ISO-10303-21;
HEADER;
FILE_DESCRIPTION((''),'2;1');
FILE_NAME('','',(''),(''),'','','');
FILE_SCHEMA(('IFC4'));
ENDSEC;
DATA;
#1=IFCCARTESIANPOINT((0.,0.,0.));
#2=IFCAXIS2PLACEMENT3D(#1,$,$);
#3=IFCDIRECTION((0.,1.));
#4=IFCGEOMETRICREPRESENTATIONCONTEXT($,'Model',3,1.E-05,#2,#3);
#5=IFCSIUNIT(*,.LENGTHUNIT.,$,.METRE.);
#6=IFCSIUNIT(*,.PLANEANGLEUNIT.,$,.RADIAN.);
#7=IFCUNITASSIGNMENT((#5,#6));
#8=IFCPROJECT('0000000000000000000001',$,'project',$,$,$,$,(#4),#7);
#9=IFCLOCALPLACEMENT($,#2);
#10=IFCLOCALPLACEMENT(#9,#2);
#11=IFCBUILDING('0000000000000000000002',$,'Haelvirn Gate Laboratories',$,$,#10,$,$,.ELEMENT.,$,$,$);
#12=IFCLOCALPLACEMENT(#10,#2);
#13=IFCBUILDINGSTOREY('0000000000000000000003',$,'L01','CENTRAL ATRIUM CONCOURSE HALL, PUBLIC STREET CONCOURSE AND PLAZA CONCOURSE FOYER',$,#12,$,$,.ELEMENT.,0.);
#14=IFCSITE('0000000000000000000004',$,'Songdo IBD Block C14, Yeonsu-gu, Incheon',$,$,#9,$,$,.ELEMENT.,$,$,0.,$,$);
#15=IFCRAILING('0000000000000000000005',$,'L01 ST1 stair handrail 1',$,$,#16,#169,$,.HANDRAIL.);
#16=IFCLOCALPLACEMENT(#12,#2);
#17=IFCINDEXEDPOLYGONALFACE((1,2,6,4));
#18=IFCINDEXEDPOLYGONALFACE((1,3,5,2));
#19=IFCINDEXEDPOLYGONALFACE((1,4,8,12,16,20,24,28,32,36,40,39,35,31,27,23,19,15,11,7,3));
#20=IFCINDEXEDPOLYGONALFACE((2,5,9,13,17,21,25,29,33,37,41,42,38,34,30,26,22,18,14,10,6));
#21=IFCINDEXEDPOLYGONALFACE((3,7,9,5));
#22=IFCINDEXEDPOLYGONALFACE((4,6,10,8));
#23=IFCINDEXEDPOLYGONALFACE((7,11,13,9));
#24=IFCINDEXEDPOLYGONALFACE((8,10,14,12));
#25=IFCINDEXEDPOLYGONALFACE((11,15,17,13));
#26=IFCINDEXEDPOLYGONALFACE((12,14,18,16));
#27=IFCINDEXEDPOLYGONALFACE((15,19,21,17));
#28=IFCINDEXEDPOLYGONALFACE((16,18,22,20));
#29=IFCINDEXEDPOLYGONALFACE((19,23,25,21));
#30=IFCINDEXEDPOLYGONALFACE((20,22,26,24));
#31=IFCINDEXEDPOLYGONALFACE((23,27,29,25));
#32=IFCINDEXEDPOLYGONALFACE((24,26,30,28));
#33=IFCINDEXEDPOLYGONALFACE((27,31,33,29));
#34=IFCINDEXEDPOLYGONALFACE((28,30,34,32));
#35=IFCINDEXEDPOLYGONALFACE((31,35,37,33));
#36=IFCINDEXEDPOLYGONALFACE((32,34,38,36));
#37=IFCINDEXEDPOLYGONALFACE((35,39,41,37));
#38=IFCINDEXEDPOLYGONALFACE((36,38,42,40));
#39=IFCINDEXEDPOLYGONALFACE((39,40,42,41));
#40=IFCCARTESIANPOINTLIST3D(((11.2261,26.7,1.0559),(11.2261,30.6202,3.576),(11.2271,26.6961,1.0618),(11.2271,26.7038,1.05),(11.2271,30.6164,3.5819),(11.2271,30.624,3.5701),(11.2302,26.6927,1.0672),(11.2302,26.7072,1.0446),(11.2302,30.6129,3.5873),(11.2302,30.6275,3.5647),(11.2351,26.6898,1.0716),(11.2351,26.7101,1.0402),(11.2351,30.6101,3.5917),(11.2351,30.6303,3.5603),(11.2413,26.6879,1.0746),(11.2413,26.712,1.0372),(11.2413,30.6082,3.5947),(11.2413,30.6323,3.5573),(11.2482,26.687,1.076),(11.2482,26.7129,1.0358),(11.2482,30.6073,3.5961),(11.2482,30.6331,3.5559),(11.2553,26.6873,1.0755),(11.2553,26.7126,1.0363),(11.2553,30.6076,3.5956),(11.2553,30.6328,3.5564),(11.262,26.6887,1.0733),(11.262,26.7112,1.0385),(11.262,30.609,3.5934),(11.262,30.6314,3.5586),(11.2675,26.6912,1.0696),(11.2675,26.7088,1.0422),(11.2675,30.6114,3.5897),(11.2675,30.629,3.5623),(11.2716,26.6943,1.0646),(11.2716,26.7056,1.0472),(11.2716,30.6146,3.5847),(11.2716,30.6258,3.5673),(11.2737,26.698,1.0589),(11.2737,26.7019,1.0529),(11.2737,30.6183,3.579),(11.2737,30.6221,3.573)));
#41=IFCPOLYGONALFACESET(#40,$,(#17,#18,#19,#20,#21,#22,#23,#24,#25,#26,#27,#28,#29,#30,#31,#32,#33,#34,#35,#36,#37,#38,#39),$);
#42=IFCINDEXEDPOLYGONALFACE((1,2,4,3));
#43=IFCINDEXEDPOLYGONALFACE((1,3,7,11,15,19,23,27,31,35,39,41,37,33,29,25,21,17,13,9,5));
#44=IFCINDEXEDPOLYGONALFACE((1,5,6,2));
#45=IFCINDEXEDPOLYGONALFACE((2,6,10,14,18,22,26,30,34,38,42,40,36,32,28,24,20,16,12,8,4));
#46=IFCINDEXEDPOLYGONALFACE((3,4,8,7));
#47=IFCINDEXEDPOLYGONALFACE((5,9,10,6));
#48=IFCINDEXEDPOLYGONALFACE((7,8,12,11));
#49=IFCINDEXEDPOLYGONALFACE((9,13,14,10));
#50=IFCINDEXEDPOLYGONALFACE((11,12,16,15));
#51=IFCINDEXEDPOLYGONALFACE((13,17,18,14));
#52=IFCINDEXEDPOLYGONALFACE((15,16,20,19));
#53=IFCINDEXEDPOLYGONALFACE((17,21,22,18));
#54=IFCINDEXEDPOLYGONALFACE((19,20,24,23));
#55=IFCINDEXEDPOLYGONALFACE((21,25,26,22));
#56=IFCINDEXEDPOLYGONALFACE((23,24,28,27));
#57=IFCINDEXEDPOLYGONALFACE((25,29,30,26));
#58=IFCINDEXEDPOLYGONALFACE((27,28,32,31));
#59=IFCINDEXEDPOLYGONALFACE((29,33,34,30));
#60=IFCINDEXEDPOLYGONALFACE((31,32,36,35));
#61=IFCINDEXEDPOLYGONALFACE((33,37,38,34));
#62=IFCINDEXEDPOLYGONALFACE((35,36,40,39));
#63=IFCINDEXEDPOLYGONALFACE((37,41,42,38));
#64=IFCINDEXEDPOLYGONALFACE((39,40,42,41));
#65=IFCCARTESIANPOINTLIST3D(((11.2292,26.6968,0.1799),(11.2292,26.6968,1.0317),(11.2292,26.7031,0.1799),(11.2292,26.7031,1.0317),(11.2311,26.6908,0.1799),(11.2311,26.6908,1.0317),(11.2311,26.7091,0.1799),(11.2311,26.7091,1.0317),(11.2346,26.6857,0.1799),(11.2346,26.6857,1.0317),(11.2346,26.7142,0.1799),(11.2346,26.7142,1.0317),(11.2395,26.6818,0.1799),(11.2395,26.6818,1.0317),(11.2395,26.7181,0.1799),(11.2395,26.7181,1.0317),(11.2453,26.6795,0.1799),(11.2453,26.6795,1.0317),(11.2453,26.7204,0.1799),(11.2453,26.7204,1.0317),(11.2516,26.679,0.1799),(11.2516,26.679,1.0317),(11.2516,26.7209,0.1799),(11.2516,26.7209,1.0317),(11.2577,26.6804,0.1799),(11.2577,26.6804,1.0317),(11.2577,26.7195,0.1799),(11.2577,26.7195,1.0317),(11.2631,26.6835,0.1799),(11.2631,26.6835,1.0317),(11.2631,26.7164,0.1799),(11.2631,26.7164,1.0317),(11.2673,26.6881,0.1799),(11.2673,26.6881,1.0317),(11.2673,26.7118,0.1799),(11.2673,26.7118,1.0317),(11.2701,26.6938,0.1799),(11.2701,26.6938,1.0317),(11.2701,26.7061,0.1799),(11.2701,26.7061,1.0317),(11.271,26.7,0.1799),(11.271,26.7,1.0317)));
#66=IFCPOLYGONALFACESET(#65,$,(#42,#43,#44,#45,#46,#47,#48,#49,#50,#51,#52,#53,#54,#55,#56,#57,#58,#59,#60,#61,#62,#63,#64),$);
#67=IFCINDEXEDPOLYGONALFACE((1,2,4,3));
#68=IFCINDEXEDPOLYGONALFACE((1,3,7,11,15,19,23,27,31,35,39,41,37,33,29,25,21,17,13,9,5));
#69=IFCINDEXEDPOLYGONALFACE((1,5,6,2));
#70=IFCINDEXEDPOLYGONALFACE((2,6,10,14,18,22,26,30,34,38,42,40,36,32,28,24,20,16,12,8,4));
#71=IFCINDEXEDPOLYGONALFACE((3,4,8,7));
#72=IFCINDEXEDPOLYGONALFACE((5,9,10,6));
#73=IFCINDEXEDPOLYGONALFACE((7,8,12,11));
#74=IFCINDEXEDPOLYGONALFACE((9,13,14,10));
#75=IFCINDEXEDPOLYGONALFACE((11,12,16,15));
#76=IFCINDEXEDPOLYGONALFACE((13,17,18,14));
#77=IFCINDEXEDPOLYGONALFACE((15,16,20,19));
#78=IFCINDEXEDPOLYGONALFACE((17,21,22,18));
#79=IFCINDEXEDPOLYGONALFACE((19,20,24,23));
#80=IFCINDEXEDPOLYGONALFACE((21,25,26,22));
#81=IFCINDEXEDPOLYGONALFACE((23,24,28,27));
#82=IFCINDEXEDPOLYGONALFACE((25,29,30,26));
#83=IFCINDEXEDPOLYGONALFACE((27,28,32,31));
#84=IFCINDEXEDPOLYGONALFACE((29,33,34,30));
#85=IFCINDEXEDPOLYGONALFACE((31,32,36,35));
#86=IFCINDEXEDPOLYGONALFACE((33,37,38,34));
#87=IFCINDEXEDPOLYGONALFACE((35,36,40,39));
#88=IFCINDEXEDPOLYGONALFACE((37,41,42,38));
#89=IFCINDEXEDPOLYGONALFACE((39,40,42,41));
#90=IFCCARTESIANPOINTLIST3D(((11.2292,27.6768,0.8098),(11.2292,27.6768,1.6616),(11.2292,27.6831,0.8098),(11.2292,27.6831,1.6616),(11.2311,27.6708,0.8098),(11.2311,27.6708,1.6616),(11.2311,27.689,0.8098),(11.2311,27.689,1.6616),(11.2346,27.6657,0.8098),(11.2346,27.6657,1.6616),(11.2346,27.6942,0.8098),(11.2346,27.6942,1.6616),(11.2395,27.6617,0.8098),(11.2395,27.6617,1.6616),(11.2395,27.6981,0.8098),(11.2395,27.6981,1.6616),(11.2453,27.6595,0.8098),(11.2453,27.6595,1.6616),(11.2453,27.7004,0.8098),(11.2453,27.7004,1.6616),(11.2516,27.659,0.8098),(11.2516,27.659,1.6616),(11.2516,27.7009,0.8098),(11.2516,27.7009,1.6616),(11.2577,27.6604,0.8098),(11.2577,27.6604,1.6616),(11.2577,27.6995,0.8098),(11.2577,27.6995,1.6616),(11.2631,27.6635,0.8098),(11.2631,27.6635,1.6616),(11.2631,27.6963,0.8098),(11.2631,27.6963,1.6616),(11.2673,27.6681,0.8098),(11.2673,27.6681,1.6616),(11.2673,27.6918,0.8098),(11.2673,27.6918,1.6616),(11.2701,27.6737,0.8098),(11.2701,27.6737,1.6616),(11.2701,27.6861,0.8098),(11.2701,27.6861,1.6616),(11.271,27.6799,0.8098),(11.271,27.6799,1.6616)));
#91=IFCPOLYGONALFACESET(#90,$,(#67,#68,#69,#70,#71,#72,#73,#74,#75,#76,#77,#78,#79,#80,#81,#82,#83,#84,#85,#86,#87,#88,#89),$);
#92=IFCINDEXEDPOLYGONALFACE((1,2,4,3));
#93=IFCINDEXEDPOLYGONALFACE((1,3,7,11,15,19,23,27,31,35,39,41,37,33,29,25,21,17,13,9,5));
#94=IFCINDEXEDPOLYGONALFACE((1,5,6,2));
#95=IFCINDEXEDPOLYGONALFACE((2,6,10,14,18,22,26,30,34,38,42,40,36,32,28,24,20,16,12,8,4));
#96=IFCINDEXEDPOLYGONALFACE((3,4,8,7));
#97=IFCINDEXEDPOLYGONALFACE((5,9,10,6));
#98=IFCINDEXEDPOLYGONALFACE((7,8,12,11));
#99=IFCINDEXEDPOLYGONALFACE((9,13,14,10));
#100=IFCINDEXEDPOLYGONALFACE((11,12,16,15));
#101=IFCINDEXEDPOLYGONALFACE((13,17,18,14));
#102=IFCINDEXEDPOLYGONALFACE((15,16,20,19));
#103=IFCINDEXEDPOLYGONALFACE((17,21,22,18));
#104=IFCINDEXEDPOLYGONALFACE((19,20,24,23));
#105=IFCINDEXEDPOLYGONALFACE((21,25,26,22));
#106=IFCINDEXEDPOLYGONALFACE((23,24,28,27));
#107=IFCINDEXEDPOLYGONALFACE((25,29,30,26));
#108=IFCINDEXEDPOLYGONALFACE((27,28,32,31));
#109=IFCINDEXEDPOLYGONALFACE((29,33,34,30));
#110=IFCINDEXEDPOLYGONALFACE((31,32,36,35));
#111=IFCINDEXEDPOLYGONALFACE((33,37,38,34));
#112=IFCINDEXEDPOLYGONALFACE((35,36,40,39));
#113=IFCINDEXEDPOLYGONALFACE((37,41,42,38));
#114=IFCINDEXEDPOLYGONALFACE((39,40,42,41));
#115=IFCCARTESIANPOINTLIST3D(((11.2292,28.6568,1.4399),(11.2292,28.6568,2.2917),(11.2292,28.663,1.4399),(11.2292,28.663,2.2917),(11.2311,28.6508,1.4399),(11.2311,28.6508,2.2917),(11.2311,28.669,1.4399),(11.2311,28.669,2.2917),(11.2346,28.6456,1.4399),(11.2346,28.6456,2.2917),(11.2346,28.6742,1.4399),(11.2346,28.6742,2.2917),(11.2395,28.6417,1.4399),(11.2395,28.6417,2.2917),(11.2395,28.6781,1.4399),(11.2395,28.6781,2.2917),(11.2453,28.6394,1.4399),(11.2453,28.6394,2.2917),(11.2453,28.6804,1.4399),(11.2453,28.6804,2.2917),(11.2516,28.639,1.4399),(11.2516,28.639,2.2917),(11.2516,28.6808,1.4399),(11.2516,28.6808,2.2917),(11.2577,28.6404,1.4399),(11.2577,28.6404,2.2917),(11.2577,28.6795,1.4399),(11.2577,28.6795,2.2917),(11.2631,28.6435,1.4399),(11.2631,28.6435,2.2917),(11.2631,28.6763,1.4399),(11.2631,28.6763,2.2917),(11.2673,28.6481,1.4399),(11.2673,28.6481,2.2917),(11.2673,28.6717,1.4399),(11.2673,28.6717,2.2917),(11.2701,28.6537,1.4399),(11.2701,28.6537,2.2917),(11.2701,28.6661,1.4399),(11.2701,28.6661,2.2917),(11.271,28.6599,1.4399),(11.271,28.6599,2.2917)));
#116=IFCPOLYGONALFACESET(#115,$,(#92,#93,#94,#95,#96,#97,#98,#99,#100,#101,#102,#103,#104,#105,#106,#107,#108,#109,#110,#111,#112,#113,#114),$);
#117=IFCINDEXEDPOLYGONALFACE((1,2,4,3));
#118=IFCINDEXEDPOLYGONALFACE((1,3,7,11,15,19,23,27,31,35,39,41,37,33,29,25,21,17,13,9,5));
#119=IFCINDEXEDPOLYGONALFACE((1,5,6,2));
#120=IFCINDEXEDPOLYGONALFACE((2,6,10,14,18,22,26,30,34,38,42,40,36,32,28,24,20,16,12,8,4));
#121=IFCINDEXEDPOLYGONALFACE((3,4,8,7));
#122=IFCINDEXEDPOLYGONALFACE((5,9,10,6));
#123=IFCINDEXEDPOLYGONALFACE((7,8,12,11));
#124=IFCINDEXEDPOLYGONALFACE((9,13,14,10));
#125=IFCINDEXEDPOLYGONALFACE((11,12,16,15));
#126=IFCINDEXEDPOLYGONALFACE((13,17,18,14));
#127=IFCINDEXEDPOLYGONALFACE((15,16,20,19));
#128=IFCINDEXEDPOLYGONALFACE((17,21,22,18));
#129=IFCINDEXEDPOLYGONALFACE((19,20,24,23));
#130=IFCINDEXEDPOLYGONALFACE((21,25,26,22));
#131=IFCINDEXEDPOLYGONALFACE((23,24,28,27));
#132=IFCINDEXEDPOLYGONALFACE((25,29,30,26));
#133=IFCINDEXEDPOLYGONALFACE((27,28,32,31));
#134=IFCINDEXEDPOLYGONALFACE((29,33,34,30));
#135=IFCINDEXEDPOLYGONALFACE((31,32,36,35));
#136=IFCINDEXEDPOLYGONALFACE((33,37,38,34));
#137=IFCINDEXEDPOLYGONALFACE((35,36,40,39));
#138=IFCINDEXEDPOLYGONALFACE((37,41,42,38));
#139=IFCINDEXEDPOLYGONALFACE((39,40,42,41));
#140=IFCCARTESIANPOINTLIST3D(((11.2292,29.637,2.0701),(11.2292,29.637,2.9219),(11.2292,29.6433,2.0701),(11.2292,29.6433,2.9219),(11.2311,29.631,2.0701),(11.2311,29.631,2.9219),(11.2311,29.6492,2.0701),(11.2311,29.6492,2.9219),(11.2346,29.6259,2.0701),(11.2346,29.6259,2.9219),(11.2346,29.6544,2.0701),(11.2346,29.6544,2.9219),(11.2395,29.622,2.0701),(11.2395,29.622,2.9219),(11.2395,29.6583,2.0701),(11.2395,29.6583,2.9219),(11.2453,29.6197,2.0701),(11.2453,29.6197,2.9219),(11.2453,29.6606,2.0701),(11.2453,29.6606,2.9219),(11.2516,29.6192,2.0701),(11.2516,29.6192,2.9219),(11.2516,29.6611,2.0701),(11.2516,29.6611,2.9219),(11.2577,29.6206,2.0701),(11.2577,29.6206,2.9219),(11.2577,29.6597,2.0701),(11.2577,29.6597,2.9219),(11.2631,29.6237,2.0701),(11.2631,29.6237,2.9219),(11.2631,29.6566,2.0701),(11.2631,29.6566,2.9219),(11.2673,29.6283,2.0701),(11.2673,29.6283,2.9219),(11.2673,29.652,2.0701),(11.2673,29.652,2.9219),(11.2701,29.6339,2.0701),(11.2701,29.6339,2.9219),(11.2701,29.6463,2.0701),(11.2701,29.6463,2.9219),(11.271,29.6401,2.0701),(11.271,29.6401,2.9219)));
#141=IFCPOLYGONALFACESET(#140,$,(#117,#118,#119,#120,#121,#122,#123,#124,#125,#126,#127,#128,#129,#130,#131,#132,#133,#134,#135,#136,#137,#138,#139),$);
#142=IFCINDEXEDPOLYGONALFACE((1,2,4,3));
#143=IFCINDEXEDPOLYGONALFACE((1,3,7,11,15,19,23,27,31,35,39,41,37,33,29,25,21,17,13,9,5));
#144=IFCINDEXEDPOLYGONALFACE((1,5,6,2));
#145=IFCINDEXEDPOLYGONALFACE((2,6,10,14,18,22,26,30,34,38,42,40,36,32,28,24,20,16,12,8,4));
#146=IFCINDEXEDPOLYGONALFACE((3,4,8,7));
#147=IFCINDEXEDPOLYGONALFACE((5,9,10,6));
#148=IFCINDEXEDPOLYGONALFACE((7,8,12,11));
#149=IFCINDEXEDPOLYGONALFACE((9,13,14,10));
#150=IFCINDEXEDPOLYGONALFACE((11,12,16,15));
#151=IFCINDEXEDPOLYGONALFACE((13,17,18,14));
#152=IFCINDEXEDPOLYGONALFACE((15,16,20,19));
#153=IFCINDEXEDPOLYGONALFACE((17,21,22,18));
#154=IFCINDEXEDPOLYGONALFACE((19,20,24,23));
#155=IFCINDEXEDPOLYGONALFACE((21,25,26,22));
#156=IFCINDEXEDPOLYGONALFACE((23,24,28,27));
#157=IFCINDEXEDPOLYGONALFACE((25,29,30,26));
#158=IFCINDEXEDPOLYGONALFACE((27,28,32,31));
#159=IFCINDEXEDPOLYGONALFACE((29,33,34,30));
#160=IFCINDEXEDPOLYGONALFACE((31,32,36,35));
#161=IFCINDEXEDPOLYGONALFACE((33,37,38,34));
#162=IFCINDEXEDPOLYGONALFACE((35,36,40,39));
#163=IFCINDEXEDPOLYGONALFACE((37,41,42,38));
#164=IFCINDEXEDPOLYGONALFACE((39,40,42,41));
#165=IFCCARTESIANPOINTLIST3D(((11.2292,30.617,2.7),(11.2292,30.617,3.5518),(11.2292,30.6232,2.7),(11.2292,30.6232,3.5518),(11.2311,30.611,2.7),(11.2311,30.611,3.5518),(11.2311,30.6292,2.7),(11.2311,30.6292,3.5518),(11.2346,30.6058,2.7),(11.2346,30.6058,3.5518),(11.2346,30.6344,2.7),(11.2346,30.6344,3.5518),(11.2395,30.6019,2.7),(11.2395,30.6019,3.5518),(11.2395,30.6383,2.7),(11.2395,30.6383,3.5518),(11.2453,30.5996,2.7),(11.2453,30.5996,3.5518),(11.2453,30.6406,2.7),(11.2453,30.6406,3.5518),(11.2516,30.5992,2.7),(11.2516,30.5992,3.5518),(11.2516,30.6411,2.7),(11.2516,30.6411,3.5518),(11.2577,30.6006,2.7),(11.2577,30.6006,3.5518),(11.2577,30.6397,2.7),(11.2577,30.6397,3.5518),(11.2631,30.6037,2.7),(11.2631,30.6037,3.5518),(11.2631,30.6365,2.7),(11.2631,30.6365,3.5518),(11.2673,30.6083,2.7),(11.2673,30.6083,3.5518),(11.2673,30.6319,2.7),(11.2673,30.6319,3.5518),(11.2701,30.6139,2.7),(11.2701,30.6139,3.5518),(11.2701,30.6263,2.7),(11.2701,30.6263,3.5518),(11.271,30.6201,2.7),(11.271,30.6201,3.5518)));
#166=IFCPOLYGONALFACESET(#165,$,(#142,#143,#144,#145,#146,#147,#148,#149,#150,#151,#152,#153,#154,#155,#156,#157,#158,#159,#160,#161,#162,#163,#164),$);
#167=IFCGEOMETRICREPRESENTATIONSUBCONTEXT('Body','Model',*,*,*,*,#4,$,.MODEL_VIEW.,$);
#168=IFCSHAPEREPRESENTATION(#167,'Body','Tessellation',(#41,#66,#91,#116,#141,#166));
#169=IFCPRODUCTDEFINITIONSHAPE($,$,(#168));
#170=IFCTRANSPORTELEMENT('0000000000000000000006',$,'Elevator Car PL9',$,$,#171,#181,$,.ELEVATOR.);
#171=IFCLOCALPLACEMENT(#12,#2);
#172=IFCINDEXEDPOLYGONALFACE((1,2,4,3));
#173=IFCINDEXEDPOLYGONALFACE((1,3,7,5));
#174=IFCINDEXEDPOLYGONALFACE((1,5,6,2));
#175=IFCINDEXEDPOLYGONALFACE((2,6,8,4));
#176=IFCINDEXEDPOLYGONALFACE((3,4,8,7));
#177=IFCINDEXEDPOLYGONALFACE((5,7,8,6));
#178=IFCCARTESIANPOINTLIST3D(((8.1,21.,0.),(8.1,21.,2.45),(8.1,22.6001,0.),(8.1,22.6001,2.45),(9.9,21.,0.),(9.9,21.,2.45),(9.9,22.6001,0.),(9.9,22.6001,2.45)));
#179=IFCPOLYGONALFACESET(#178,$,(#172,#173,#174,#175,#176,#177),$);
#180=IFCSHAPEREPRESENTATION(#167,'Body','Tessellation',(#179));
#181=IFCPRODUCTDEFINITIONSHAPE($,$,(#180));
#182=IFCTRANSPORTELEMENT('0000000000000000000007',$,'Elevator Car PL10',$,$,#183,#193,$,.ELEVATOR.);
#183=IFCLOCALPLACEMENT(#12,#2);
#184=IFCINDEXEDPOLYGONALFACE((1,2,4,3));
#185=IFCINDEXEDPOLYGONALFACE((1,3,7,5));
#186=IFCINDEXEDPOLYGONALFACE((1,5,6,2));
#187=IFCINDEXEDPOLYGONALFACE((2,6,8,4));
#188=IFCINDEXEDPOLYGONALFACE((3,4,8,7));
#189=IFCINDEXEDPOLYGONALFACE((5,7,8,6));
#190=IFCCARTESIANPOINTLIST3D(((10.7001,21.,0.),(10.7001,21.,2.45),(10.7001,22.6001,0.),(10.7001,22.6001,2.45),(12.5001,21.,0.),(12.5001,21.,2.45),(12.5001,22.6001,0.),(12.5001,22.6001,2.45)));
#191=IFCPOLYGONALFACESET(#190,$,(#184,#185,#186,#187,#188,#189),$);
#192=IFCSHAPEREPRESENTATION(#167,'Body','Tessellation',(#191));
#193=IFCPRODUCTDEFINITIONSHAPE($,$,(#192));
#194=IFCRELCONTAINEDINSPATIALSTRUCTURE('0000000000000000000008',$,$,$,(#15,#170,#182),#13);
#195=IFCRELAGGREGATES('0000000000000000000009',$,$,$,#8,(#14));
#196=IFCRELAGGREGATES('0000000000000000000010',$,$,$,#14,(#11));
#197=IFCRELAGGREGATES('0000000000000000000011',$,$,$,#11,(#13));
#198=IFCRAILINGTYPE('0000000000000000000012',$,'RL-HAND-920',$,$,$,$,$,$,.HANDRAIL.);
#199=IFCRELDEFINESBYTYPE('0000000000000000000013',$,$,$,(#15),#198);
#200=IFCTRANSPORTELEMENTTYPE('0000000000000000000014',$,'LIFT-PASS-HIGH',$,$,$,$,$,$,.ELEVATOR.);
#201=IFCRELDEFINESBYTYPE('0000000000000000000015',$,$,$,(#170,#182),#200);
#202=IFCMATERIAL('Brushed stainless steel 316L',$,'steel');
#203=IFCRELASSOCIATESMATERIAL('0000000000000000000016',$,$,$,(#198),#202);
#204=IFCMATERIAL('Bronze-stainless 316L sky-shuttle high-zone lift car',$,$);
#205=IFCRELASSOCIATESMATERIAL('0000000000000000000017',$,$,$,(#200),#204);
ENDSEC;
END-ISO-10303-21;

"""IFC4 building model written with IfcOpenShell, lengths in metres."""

from ifc_helpers import new_model, si_unit, direction, frame, origin, origin_2d, place, context, subcontext, project, spatial, rectangle, circle, extrude, source, transform, mapped, material, type_object, type_shapes, element, save


model = new_model("IFC4")

# Units and contexts
model_context = context("Model", 3, precision=1e-05, world=origin(), true_north=direction((0.0, 1.0)))
body_context = subcontext(model_context, "Body", "Model", "MODEL_VIEW")
ifc_project = project(units=[si_unit("LENGTHUNIT", "METRE"), si_unit("PLANEANGLEUNIT", "RADIAN")], contexts=[model_context])

# Site, building, storey
site_placement = place(None, origin())
site = spatial("IfcSite", under=ifc_project, at=site_placement, Name="Songdo IBD Block C14, Yeonsu-gu, Incheon", CompositionType="ELEMENT", RefElevation=0.0)
building_placement = place(site_placement, origin())
building = spatial("IfcBuilding", under=site, at=building_placement, Name="Haelvirn Gate Laboratories", CompositionType="ELEMENT")
storey_placement = place(building_placement, origin())
storey = spatial("IfcBuildingStorey", under=building, at=storey_placement, Name="L01", Description="CENTRAL ATRIUM CONCOURSE HALL, PUBLIC STREET CONCOURSE AND PLAZA CONCOURSE FOYER", CompositionType="ELEMENT", Elevation=0.0)

# Railing
ifc_material_1 = material(Name="Brushed stainless steel 316L", Category="steel")
railing_type_1 = type_object("IfcRailingType", Name="RL-HAND-920", PredefinedType="HANDRAIL", material=ifc_material_1)
shared_shape_1 = source(origin(), body_context, "Body", "SweptSolid", [
    extrude(circle(Radius=0.0239, at=origin_2d()), frame((0.0, 0.0, 0.876), z_axis=(0.0, 0.841187, 0.540744), x_axis=(-1.0, 0.0, 0.0)), (0.0, 0.0, 1.0), 4.6604),
    extrude(circle(Radius=0.021, at=origin_2d()), origin(), (0.0, 0.0, 1.0), 0.8518),
    extrude(circle(Radius=0.021, at=origin_2d()), frame((0.0, 0.98, 0.6299)), (0.0, 0.0, 1.0), 0.8518),
    extrude(circle(Radius=0.021, at=origin_2d()), frame((0.0, 1.96, 1.26)), (0.0, 0.0, 1.0), 0.8518),
    extrude(circle(Radius=0.021, at=origin_2d()), frame((0.0, 2.9402, 1.8901)), (0.0, 0.0, 1.0), 0.8518),
    extrude(circle(Radius=0.021, at=origin_2d()), frame((0.0, 3.9202, 2.52)), (0.0, 0.0, 1.0), 0.8518),
])
type_shapes(railing_type_1, [shared_shape_1])
railing_1_placement = place(storey_placement, frame((11.25, 26.7, 0.1799)))
element("IfcRailing", 1, at=railing_1_placement, inside=storey, type_object=railing_type_1, Name="L01 ST1 stair handrail 1", PredefinedType="HANDRAIL", context=body_context, shape_type="MappedRepresentation", body=[
    mapped(shared_shape_1, transform((0.0, 0.0, 0.0), scale=1.0)),
])

# Transport elements
ifc_material_2 = material(Name="Bronze-stainless 316L sky-shuttle high-zone lift car")
transport_element_type = type_object("IfcTransportElementType", Name="LIFT-PASS-HIGH", PredefinedType="ELEVATOR", material=ifc_material_2)
shared_shape_2 = source(origin(), body_context, "Body", "SweptSolid", [
    extrude(rectangle(XDim=1.8, YDim=1.6001, at=origin_2d()), origin(), (0.0, 0.0, 1.0), 2.45),
])
type_shapes(transport_element_type, [shared_shape_2])
for number, where, z_axis, x_axis, name in (
    (2, (9.0, 21.8, 0.0), (0.0, 0.0, 1.0), (1.0, 0.0, 0.0), "Elevator Car PL9"),
    (3, (11.6001, 21.8, 0.0), (0.0, 0.0, 1.0), (1.0, 0.0, 0.0), "Elevator Car PL10"),
):
    element("IfcTransportElement", number, at=place(storey_placement, frame(where, z_axis=z_axis, x_axis=x_axis)), inside=storey, type_object=transport_element_type, Name=name, PredefinedType="ELEVATOR", context=body_context, shape_type="MappedRepresentation", body=[
        mapped(shared_shape_2, transform((0.0, 0.0, 0.0), scale=1.0)),
    ])

save(model, "model.ifc")
